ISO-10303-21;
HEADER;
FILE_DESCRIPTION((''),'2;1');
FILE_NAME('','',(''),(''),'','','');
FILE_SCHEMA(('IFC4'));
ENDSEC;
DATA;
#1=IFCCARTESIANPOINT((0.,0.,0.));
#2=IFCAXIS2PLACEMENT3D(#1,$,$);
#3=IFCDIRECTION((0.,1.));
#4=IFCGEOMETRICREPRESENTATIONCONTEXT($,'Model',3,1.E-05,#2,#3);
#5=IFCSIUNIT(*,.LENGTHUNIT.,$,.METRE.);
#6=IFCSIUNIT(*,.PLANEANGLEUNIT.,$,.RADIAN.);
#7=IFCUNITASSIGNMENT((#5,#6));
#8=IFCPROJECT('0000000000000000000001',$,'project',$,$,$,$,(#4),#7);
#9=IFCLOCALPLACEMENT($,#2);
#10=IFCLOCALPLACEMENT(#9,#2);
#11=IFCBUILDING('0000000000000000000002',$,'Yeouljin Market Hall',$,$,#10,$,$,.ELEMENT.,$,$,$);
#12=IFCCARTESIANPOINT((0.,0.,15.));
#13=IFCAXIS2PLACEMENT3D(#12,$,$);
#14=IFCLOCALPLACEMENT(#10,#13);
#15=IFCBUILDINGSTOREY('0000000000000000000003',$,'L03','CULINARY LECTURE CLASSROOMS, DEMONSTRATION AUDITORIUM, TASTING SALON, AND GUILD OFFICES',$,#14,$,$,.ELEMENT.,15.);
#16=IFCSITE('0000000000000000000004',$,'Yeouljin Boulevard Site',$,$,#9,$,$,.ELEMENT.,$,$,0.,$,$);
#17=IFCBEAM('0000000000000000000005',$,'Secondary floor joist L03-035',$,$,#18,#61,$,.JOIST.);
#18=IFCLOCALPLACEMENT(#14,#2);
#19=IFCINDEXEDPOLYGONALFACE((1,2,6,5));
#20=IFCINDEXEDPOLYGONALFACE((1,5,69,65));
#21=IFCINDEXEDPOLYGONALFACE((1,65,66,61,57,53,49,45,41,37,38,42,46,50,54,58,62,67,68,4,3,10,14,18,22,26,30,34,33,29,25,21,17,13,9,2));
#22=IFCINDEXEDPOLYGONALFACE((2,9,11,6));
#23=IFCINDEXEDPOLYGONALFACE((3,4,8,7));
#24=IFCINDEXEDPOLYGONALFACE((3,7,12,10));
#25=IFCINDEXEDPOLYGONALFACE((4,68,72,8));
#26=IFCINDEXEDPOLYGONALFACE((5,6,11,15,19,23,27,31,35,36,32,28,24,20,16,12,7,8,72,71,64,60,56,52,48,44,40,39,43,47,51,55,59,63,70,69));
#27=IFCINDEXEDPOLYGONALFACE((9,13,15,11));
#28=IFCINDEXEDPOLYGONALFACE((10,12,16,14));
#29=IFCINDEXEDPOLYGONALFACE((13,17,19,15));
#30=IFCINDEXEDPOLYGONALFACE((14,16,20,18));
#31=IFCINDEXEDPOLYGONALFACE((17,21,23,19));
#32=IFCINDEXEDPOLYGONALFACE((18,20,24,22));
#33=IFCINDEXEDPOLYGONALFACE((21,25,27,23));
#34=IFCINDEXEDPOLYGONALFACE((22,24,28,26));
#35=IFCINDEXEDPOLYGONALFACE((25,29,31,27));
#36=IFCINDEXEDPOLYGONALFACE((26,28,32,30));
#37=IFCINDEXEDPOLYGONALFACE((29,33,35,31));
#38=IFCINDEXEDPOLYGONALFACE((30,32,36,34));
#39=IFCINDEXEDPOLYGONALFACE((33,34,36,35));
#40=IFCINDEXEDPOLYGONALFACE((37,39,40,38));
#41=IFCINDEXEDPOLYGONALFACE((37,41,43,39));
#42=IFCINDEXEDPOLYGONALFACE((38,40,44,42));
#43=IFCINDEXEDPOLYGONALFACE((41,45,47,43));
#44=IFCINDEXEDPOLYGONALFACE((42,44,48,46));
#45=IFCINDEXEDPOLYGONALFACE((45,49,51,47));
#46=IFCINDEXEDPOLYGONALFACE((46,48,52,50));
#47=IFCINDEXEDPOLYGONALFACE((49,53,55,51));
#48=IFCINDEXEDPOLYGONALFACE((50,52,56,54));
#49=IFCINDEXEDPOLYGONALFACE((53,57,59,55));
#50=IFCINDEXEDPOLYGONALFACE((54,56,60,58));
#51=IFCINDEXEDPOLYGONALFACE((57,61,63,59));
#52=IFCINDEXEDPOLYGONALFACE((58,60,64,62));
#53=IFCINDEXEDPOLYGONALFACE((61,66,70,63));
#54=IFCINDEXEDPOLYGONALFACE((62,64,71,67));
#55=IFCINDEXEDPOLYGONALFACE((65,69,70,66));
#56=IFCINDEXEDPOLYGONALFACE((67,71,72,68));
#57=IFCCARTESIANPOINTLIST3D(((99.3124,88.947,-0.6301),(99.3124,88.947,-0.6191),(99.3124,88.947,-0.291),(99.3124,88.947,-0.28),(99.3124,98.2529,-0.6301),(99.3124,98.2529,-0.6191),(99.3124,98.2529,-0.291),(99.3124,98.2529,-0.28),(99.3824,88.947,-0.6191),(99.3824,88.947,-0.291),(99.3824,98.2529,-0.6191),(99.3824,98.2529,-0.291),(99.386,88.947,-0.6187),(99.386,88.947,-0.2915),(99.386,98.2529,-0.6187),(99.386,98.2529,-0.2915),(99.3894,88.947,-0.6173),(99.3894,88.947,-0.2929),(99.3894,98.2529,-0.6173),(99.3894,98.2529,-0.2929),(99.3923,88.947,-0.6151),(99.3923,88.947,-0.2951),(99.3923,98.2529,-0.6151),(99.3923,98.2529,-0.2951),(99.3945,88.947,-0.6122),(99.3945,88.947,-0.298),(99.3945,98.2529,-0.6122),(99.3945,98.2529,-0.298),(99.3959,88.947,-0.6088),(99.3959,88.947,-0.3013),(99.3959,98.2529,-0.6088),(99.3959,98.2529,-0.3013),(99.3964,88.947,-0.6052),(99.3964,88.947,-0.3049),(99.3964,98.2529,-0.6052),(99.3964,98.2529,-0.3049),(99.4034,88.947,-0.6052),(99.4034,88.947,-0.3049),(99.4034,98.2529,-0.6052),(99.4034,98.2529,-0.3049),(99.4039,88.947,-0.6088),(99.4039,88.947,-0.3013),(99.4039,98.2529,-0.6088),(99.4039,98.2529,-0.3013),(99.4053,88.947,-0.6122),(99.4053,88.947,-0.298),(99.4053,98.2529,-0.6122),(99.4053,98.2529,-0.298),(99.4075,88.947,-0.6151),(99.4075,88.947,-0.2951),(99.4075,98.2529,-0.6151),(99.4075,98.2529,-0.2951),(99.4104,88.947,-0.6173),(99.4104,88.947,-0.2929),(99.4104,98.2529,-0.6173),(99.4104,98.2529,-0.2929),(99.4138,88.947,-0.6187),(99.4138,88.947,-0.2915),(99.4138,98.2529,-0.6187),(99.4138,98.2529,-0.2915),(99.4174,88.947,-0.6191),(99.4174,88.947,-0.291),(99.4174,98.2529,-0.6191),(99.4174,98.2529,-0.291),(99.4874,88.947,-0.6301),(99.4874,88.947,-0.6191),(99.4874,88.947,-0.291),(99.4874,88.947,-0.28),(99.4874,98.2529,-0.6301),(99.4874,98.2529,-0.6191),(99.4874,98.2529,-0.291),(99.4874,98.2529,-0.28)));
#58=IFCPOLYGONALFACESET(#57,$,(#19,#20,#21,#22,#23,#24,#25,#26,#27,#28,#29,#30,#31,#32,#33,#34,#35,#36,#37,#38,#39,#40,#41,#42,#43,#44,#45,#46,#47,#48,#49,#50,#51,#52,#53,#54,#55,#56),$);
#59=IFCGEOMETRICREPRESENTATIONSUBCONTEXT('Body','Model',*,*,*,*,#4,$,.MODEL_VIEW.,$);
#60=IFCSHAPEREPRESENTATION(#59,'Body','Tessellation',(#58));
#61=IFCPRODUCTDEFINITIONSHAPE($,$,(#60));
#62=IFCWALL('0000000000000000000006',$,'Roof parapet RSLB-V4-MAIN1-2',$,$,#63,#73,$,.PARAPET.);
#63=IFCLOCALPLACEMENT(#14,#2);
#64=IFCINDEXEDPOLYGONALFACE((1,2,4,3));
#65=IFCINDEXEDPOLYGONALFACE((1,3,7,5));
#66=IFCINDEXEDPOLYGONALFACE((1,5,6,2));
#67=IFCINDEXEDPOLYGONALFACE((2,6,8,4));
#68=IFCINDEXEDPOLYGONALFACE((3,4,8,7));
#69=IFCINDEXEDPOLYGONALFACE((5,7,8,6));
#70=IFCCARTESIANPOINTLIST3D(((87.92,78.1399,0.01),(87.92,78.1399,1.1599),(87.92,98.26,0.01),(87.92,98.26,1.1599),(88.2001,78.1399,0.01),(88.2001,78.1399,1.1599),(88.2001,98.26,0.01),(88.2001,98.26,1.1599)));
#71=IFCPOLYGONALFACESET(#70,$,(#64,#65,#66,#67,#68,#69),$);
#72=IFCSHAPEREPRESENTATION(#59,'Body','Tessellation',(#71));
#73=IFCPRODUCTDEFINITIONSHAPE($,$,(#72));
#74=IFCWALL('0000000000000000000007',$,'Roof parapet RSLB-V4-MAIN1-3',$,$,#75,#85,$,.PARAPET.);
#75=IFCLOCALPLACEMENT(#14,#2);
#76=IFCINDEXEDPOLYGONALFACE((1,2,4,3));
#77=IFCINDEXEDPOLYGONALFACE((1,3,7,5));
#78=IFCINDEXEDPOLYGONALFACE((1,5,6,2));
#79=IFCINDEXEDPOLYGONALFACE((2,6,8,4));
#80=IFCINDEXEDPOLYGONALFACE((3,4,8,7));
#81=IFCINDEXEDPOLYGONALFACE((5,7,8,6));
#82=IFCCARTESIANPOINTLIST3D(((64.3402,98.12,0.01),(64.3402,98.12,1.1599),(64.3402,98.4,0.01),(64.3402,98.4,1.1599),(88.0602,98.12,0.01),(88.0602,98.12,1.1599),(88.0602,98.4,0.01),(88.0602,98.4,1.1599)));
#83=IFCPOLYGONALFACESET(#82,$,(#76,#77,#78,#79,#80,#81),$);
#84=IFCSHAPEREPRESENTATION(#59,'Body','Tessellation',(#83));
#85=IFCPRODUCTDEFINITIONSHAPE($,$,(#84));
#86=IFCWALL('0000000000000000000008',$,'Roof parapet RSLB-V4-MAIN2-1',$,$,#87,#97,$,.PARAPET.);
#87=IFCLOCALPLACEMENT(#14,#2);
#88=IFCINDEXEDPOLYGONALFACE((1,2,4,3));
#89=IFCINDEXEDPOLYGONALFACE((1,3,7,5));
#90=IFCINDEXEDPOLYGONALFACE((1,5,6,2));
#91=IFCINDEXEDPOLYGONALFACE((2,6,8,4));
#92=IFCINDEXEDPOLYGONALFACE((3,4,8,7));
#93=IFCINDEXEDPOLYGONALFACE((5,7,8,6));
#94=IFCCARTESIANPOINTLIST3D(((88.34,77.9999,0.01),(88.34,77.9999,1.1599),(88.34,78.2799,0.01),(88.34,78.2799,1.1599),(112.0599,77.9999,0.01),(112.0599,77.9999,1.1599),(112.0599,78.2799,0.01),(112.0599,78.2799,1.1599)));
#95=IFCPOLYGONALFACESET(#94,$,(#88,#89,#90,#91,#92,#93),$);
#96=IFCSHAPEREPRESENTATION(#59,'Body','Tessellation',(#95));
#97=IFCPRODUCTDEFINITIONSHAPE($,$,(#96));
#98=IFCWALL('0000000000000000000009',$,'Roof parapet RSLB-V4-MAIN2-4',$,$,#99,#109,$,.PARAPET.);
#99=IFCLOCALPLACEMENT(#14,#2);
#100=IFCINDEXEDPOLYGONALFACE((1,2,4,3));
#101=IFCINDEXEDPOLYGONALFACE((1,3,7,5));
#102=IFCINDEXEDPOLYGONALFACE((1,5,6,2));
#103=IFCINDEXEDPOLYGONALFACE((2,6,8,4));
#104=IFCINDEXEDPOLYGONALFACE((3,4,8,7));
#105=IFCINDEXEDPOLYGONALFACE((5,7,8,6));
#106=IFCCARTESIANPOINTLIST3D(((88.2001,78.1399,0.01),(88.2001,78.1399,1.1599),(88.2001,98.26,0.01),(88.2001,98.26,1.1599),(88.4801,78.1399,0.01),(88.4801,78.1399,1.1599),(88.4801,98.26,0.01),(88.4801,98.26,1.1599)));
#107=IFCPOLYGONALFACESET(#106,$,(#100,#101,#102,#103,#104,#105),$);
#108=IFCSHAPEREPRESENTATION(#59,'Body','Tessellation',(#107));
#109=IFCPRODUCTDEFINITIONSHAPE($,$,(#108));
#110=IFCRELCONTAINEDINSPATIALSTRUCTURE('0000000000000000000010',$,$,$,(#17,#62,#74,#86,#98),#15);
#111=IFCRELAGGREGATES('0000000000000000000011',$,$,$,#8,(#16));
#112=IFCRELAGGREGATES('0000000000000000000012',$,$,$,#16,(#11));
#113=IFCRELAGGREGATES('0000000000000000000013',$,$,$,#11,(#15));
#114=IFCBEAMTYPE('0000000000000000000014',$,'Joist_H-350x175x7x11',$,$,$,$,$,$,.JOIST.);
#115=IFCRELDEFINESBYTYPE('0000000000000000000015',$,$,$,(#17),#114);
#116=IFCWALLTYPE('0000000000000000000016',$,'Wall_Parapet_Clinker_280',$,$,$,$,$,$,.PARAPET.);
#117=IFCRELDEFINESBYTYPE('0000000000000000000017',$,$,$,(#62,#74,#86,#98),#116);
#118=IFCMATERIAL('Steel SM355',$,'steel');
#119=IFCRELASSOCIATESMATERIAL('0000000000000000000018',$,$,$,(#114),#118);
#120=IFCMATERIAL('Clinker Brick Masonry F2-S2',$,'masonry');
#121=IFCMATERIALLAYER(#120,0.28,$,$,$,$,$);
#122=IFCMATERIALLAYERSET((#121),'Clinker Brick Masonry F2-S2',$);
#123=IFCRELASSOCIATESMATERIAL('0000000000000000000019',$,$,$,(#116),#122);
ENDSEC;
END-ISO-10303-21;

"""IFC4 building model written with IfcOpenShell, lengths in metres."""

from ifc_helpers import new_model, si_unit, direction, frame, frame_2d, origin, origin_2d, place, context, subcontext, project, spatial, rectangle, i_section, extrude, material, layer, layer_set, material_profile, profile_set, type_object, element, save


model = new_model("IFC4")

# Units and contexts
model_context = context("Model", 3, precision=1e-05, world=origin(), true_north=direction((0.0, 1.0)))
body_context = subcontext(model_context, "Body", "Model", "MODEL_VIEW")
ifc_project = project(units=[si_unit("LENGTHUNIT", "METRE"), si_unit("PLANEANGLEUNIT", "RADIAN")], contexts=[model_context])

# Site, building, storey
site_placement = place(None, origin())
site = spatial("IfcSite", under=ifc_project, at=site_placement, Name="Yeouljin Boulevard Site", CompositionType="ELEMENT", RefElevation=0.0)
building_placement = place(site_placement, origin())
building = spatial("IfcBuilding", under=site, at=building_placement, Name="Yeouljin Market Hall", CompositionType="ELEMENT")
storey_placement = place(building_placement, frame((0.0, 0.0, 15.0)))
storey = spatial("IfcBuildingStorey", under=building, at=storey_placement, Name="L03", Description="CULINARY LECTURE CLASSROOMS, DEMONSTRATION AUDITORIUM, TASTING SALON, AND GUILD OFFICES", CompositionType="ELEMENT", Elevation=15.0)

# Beam
ifc_material_1 = material(Name="Steel SM355", Category="steel")
ifc_material_profile_1 = material_profile(ifc_material_1, i_section(OverallWidth=0.175, OverallDepth=0.3501, WebThickness=0.0071, FlangeThickness=0.011, FilletRadius=0.0139, at=origin_2d()), Name="H-350x175x7x11")
ifc_profile_set_1 = profile_set([ifc_material_profile_1], Name="Steel SM355")
beam_type_1 = type_object("IfcBeamType", Name="Joist_H-350x175x7x11", PredefinedType="JOIST", material=ifc_profile_set_1)
for number, where, z_axis, x_axis, name in (
    (1, (99.3999, 88.947, -0.4551), (0.0, 1.0, 0.0), (-1.0, 0.0, 0.0), "Secondary floor joist L03-035"),
):
    element("IfcBeam", number, at=place(storey_placement, frame(where, z_axis=z_axis, x_axis=x_axis)), inside=storey, type_object=beam_type_1, Name=name, PredefinedType="JOIST", context=body_context, shape_type="SweptSolid", body=[
        extrude(i_section(OverallWidth=0.175, OverallDepth=0.3501, WebThickness=0.0071, FlangeThickness=0.011, FilletRadius=0.0139, at=origin_2d()), origin(), (0.0, 0.0, 1.0), 9.3059),
    ])

# Walls
ifc_material_2 = material(Name="Clinker Brick Masonry F2-S2", Category="masonry")
ifc_layer = layer(ifc_material_2, 0.28)
ifc_layer_set = layer_set([ifc_layer], Name="Clinker Brick Masonry F2-S2")
wall_type = type_object("IfcWallType", Name="Wall_Parapet_Clinker_280", PredefinedType="PARAPET", material=ifc_layer_set)
wall_1_placement = place(storey_placement, frame((88.0601, 78.1399, 0.01), z_axis=(0.0, 0.0, 1.0), x_axis=(0.0, 1.0, 0.0)))
element("IfcWall", 2, at=wall_1_placement, inside=storey, type_object=wall_type, Name="Roof parapet RSLB-V4-MAIN1-2", PredefinedType="PARAPET", context=body_context, shape_type="SweptSolid", body=[
    extrude(rectangle(XDim=20.1201, YDim=0.28, at=frame_2d((10.0601, 0.0))), origin(), (0.0, 0.0, 1.0), 1.1499),
])
for number, where, z_axis, x_axis, name in (
    (3, (88.0601, 98.26, 0.01), (0.0, 0.0, 1.0), (-1.0, 0.0, 0.0), "Roof parapet RSLB-V4-MAIN1-3"),
    (4, (88.3401, 78.1399, 0.01), (0.0, 0.0, 1.0), (1.0, 0.0, 0.0), "Roof parapet RSLB-V4-MAIN2-1"),
):
    element("IfcWall", number, at=place(storey_placement, frame(where, z_axis=z_axis, x_axis=x_axis)), inside=storey, type_object=wall_type, Name=name, PredefinedType="PARAPET", context=body_context, shape_type="SweptSolid", body=[
        extrude(rectangle(XDim=23.72, YDim=0.28, at=frame_2d((11.8599, 0.0))), origin(), (0.0, 0.0, 1.0), 1.1499),
    ])
wall_2_placement = place(storey_placement, frame((88.3401, 98.26, 0.01), z_axis=(0.0, 0.0, 1.0), x_axis=(0.0, -1.0, 0.0)))
element("IfcWall", 5, at=wall_2_placement, inside=storey, type_object=wall_type, Name="Roof parapet RSLB-V4-MAIN2-4", PredefinedType="PARAPET", context=body_context, shape_type="SweptSolid", body=[
    extrude(rectangle(XDim=20.1201, YDim=0.28, at=frame_2d((10.0601, 0.0))), origin(), (0.0, 0.0, 1.0), 1.1499),
])

save(model, "model.ifc")
